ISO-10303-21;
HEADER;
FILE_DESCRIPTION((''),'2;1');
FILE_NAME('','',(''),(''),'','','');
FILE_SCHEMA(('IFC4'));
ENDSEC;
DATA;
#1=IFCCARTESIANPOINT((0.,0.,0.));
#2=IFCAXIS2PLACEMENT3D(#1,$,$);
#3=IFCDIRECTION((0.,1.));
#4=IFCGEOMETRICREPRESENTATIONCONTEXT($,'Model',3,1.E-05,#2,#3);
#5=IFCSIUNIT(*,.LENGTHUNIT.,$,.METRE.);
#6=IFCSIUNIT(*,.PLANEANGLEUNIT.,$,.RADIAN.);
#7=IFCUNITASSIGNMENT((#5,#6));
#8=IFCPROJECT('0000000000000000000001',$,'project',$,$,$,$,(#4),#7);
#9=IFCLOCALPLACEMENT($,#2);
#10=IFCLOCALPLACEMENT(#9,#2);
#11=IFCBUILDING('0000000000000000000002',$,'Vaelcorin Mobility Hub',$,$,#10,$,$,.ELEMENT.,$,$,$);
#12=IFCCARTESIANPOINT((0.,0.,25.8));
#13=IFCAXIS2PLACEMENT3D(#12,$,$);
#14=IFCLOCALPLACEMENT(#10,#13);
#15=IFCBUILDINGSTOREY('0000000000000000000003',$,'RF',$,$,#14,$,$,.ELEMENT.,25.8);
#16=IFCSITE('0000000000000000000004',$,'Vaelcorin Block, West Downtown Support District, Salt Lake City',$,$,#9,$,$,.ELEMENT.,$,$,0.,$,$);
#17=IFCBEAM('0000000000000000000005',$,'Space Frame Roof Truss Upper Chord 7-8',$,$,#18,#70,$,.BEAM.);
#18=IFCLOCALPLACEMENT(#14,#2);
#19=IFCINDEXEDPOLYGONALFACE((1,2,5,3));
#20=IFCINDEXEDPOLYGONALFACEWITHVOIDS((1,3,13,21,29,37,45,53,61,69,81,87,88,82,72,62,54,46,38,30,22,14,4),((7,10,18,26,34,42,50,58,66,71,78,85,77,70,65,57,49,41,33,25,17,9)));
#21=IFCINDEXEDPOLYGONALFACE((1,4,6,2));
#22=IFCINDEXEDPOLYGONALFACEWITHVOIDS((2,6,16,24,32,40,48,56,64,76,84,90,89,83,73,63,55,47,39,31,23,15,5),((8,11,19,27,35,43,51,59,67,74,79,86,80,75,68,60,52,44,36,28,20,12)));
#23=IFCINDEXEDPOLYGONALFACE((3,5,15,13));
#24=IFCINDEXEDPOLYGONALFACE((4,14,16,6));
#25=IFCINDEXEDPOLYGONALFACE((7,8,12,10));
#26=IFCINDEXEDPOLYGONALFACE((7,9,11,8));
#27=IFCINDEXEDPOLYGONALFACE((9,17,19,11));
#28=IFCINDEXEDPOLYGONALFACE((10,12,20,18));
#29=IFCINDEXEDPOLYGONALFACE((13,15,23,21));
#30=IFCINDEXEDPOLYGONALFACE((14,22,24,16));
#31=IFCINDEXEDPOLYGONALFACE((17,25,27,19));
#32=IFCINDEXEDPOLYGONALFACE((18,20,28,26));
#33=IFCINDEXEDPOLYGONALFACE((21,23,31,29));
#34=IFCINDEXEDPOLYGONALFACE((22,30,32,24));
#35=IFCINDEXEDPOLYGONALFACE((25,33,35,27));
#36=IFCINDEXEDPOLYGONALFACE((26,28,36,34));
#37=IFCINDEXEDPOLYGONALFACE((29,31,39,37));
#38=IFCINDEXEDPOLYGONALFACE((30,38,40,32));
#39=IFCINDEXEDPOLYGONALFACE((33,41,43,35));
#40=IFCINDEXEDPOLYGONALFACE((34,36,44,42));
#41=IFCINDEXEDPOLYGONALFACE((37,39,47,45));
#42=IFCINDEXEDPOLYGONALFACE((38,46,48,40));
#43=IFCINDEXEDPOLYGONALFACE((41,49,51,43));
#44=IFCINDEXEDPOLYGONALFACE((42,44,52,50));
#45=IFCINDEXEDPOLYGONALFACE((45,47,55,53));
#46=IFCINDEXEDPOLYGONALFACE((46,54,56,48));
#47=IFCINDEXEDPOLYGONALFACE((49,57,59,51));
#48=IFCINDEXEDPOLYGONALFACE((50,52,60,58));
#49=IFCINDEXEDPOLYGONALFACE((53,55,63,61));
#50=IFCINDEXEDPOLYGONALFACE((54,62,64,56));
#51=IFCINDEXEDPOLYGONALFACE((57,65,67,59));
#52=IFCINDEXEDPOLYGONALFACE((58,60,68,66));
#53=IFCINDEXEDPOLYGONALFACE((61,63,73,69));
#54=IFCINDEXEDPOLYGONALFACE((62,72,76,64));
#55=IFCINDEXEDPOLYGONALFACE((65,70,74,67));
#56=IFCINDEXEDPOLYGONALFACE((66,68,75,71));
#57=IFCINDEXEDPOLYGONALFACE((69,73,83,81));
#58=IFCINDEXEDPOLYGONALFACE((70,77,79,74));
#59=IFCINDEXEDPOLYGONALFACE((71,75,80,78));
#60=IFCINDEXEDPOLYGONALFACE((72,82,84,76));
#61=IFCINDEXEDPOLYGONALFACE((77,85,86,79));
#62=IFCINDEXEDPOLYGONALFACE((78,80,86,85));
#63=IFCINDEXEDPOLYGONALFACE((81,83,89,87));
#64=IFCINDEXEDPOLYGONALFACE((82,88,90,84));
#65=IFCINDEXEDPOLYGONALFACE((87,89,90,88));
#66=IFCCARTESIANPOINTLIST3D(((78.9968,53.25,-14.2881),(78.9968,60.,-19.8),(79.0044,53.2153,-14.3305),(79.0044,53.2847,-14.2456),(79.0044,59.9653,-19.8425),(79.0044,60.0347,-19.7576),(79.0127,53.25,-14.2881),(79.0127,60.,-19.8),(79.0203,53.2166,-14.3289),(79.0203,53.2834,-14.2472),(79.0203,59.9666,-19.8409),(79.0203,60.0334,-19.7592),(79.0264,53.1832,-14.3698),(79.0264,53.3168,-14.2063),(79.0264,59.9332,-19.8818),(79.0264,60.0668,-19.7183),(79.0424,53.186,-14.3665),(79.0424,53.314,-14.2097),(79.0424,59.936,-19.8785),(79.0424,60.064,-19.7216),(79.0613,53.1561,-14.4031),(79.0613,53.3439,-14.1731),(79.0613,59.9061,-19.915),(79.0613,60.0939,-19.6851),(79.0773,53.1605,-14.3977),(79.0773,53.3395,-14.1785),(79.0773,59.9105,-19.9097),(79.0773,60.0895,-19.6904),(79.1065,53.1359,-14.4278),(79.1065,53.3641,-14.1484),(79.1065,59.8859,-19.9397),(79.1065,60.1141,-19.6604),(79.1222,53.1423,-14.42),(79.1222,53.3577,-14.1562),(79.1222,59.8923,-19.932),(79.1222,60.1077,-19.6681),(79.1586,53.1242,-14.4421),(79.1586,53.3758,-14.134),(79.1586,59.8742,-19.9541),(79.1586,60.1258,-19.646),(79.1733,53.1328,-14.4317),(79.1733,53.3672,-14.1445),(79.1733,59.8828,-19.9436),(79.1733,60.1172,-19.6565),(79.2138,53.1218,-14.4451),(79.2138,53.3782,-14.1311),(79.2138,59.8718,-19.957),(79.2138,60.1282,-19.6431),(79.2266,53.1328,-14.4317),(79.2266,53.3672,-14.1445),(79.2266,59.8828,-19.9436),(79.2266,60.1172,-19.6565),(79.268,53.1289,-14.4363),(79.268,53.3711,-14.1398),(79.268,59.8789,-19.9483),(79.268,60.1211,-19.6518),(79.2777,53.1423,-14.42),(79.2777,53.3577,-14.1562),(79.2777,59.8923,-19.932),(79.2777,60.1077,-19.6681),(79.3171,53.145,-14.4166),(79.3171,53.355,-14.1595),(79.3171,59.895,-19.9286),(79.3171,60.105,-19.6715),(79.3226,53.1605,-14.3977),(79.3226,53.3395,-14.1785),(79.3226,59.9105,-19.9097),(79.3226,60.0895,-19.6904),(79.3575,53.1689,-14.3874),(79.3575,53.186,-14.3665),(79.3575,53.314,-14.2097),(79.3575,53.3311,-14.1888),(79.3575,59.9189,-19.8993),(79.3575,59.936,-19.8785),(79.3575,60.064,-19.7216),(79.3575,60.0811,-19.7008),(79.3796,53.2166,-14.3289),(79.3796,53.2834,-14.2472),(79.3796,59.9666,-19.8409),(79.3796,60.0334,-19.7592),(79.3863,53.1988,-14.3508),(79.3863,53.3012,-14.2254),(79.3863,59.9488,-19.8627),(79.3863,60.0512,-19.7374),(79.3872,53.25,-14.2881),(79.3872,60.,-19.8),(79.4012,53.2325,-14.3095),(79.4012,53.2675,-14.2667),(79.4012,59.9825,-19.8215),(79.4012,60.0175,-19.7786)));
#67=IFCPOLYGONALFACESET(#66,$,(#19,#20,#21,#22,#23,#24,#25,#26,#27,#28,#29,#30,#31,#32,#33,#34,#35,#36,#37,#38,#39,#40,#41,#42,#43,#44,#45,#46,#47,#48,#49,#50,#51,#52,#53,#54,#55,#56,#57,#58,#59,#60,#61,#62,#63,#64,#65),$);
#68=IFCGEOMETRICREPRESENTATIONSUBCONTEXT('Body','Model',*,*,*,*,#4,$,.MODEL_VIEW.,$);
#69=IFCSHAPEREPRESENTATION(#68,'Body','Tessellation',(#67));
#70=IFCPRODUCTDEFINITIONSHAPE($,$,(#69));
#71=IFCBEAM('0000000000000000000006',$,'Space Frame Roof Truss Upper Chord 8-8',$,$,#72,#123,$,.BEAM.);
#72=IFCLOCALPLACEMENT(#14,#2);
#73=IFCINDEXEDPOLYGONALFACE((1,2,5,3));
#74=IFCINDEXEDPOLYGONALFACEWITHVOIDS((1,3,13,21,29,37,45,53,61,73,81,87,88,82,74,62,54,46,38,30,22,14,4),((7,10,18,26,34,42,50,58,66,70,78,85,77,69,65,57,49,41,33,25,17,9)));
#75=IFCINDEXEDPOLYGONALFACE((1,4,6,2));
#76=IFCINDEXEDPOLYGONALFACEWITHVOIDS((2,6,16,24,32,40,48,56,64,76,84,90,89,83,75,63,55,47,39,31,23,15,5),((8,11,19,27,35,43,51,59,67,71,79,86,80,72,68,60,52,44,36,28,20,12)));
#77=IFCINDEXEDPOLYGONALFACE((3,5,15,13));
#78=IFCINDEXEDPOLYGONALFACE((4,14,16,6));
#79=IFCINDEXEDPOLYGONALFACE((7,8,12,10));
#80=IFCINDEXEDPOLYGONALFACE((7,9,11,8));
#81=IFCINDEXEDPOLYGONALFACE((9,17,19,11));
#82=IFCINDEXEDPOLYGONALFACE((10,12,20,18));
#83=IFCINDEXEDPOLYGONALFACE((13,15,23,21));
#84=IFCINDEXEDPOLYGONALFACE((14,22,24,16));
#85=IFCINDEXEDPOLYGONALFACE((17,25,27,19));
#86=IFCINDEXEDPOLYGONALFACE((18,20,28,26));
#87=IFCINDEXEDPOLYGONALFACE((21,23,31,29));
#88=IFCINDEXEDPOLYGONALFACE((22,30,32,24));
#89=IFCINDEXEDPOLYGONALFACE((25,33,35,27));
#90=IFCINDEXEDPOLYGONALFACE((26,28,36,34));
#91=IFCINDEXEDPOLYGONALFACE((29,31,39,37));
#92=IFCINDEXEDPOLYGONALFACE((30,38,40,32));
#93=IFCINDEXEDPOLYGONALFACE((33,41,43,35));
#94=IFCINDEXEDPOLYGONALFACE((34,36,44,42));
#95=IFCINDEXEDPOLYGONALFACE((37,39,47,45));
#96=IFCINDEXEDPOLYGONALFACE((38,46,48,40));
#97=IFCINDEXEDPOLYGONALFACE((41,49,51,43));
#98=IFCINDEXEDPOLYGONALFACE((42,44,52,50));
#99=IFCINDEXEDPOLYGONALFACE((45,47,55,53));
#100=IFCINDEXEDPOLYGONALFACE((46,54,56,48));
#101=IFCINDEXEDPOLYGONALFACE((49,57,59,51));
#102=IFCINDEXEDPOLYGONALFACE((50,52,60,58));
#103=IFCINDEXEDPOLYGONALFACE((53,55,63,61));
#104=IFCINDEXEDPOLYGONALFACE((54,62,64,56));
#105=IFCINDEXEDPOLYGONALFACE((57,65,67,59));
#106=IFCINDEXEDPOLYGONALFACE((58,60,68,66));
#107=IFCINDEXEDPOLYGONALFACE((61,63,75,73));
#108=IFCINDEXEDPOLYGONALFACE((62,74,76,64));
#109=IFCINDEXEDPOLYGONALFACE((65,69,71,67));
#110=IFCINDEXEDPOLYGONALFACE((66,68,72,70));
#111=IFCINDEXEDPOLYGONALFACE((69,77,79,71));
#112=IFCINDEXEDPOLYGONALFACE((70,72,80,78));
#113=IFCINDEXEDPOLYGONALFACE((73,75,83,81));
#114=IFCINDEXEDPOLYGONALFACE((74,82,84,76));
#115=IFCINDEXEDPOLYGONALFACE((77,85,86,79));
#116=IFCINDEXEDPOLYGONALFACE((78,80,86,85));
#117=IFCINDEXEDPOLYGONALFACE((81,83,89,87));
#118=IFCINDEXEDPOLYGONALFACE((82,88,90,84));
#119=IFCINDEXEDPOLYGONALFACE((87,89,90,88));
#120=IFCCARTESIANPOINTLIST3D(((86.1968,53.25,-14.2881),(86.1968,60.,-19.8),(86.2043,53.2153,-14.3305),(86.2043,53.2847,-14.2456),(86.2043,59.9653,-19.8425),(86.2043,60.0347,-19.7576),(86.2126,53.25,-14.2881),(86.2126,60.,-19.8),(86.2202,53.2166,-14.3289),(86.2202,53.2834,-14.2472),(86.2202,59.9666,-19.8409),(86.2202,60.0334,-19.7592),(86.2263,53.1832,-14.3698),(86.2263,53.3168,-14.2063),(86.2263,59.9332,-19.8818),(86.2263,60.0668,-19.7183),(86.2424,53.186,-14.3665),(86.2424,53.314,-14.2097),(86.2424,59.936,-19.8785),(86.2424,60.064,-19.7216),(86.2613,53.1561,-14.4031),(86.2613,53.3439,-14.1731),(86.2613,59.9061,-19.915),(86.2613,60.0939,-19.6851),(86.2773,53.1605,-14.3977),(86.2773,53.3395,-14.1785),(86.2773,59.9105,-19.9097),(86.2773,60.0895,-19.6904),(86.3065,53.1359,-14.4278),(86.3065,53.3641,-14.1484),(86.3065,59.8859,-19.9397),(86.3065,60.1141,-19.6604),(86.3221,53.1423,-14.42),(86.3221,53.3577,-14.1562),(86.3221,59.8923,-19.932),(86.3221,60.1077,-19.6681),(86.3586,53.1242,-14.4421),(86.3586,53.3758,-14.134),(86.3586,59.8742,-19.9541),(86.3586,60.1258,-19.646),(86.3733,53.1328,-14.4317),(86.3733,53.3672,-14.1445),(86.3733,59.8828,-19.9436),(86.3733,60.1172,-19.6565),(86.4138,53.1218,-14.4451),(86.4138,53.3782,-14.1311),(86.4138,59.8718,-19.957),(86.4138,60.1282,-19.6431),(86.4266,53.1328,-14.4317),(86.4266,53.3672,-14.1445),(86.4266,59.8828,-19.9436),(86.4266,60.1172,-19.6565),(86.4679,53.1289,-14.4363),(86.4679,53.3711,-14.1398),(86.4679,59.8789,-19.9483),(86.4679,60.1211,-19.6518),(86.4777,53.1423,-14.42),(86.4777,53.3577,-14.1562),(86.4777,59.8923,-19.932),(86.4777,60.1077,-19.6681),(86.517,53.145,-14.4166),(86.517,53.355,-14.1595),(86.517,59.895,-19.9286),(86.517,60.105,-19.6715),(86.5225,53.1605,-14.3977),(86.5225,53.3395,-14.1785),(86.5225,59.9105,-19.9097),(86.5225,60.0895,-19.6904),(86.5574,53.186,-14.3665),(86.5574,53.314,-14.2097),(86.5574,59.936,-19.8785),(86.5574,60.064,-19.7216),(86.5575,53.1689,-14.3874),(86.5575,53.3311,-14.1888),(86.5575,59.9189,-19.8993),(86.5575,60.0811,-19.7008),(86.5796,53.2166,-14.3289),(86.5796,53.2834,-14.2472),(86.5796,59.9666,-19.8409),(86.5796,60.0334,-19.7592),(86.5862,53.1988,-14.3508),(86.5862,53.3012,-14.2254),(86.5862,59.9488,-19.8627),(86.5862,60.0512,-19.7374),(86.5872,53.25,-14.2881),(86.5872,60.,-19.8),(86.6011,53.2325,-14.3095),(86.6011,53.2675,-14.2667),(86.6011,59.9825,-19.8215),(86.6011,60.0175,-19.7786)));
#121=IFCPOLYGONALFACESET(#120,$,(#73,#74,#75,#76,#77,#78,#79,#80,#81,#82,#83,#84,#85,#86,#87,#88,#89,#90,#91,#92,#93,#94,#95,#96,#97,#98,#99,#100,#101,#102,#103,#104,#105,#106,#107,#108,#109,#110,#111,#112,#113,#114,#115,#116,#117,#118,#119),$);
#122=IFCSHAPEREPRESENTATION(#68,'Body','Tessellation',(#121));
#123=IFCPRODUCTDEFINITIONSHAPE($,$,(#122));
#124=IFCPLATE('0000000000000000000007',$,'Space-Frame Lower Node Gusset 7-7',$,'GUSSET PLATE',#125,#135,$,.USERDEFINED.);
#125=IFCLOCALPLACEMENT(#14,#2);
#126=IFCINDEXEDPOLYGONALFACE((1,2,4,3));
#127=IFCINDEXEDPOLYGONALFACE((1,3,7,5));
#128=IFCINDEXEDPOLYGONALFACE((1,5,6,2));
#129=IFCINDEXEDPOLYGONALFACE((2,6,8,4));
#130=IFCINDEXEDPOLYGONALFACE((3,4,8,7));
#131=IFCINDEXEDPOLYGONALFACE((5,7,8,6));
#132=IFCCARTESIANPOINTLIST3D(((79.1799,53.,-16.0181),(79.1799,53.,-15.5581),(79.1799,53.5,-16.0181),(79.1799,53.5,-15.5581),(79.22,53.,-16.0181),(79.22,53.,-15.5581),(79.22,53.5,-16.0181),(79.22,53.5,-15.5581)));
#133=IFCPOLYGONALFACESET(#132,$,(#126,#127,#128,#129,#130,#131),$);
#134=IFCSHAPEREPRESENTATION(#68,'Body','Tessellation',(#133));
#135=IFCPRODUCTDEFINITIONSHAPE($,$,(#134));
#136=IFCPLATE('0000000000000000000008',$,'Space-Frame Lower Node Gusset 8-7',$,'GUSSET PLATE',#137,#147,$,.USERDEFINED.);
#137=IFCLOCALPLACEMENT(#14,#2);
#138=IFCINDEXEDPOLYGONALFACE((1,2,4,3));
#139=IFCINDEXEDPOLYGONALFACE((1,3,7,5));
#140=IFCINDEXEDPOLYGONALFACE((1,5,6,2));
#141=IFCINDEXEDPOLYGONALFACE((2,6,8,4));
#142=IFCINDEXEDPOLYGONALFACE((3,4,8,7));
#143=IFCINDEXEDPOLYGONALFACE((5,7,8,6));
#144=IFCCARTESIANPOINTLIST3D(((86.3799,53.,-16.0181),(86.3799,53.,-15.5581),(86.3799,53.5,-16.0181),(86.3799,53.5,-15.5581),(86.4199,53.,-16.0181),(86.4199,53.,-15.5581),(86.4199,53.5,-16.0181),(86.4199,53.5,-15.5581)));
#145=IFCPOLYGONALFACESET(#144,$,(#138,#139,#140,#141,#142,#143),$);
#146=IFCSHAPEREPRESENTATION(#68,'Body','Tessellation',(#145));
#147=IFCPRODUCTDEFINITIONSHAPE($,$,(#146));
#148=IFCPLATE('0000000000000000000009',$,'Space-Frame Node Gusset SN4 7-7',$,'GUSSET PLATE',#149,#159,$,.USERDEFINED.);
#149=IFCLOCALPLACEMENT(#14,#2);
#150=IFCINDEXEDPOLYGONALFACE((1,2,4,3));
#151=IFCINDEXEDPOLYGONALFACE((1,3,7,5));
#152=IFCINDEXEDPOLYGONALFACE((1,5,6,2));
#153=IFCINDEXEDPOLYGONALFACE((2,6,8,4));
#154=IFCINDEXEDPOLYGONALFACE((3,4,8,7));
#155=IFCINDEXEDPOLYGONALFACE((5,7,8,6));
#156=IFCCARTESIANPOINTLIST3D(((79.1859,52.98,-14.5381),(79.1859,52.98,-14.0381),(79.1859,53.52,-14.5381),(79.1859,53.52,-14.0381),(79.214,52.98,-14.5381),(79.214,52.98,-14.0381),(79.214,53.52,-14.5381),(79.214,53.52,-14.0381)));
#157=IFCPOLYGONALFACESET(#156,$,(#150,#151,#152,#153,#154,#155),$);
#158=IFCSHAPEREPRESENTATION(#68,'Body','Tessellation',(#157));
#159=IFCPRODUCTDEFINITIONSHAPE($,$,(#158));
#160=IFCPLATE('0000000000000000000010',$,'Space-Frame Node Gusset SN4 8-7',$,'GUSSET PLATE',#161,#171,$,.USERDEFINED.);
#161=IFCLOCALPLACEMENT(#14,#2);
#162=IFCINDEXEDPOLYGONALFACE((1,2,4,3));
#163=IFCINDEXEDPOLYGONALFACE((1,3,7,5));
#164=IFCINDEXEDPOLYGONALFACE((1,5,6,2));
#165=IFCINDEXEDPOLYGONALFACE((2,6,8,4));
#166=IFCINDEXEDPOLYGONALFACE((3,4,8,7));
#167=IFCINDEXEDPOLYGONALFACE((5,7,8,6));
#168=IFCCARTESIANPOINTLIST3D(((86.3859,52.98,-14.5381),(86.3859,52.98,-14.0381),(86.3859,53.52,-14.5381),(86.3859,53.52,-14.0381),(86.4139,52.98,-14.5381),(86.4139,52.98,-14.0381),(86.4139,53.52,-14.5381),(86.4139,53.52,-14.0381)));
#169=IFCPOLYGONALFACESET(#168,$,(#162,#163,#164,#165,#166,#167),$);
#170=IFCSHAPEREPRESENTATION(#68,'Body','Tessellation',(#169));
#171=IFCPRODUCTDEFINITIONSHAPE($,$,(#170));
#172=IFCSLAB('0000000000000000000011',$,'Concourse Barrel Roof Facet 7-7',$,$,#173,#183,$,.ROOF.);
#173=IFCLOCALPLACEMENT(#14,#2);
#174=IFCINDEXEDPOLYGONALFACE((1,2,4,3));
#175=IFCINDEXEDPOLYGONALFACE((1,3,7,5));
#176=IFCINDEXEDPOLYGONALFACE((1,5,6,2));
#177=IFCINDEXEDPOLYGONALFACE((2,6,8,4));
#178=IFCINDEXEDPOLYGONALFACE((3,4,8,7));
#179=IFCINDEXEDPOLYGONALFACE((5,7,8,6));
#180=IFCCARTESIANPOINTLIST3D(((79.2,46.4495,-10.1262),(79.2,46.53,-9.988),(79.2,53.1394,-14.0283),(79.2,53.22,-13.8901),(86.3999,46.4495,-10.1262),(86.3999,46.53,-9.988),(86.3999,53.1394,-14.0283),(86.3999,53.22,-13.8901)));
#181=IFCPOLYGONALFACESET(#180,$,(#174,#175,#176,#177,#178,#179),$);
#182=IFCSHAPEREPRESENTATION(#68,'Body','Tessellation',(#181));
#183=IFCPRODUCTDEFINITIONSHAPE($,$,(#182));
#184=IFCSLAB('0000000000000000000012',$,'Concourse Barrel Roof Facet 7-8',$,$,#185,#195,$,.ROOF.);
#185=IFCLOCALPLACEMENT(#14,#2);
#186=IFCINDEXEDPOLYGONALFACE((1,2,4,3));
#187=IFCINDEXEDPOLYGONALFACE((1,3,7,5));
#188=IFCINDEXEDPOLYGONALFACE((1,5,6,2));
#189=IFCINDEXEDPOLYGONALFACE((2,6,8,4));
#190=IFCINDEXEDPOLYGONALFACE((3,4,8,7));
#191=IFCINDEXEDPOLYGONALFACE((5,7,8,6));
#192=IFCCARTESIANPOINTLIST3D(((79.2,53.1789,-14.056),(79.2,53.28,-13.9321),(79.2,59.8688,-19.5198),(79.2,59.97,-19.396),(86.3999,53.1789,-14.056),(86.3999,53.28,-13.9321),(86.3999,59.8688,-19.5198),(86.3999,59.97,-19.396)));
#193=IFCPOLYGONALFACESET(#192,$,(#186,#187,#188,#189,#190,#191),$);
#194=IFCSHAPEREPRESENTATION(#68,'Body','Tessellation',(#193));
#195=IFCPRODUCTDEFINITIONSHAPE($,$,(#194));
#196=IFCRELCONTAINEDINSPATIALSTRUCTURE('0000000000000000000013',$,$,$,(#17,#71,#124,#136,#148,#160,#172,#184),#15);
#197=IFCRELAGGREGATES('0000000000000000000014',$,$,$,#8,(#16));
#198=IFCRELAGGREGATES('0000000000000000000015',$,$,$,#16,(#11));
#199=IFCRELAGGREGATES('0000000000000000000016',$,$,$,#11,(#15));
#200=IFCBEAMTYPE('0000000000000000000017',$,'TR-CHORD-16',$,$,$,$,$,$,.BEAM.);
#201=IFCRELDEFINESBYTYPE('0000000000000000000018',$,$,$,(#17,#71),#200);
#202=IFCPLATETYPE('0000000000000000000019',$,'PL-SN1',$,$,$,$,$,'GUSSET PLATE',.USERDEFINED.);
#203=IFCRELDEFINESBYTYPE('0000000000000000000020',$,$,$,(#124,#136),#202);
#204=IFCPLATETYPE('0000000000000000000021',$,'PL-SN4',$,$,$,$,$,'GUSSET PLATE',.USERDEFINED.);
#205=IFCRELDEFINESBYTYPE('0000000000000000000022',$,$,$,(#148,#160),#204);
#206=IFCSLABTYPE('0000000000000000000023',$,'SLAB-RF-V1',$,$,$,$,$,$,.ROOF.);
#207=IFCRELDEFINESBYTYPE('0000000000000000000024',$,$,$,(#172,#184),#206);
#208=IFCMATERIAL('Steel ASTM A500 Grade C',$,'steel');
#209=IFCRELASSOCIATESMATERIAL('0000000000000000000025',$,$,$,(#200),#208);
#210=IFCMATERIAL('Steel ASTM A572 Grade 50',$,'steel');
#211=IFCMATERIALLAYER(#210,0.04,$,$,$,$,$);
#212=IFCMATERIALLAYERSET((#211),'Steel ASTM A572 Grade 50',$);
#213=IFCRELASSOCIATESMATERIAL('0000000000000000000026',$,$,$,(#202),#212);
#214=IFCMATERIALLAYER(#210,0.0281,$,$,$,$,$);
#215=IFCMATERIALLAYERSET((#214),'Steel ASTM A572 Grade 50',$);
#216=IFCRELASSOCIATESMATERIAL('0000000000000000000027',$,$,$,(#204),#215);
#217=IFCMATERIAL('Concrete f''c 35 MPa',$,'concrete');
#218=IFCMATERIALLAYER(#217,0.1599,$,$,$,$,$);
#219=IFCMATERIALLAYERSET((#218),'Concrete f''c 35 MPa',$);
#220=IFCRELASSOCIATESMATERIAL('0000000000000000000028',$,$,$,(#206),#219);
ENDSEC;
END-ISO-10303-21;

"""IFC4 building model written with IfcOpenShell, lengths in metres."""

from ifc_helpers import new_model, si_unit, direction, frame, origin, origin_2d, place, context, subcontext, project, spatial, polyline, rectangle, hollow_circle, outline, extrude, material, layer, layer_set, material_profile, profile_set, type_object, element, save


model = new_model("IFC4")

# Units and contexts
model_context = context("Model", 3, precision=1e-05, world=origin(), true_north=direction((0.0, 1.0)))
body_context = subcontext(model_context, "Body", "Model", "MODEL_VIEW")
ifc_project = project(units=[si_unit("LENGTHUNIT", "METRE"), si_unit("PLANEANGLEUNIT", "RADIAN")], contexts=[model_context])

# Site, building, storey
site_placement = place(None, origin())
site = spatial("IfcSite", under=ifc_project, at=site_placement, Name="Vaelcorin Block, West Downtown Support District, Salt Lake City", CompositionType="ELEMENT", RefElevation=0.0)
building_placement = place(site_placement, origin())
building = spatial("IfcBuilding", under=site, at=building_placement, Name="Vaelcorin Mobility Hub", CompositionType="ELEMENT")
storey_placement = place(building_placement, frame((0.0, 0.0, 25.8)))
storey = spatial("IfcBuildingStorey", under=building, at=storey_placement, Name="RF", CompositionType="ELEMENT", Elevation=25.8)

# Shared definitions
ifc_material_1 = material(Name="Steel ASTM A500 Grade C", Category="steel")

# Beams
ifc_material_profile_1 = material_profile(ifc_material_1, hollow_circle(Radius=0.2031, WallThickness=0.0159, at=origin_2d()), Name="HSS16.000X0.625")
ifc_profile_set_1 = profile_set([ifc_material_profile_1], Name="Steel ASTM A500 Grade C")
beam_type = type_object("IfcBeamType", Name="TR-CHORD-16", PredefinedType="BEAM", material=ifc_profile_set_1)
for number, where, z_axis, x_axis, name in (
    (1, (79.2, 53.25, -14.2881), (0.0, 0.774562, -0.632498), (-1.0, 0.0, 0.0), "Space Frame Roof Truss Upper Chord 7-8"),
    (2, (86.3999, 53.25, -14.2881), (0.0, 0.774562, -0.632498), (-1.0, 0.0, 0.0), "Space Frame Roof Truss Upper Chord 8-8"),
):
    element("IfcBeam", number, at=place(storey_placement, frame(where, z_axis=z_axis, x_axis=x_axis)), inside=storey, type_object=beam_type, Name=name, PredefinedType="BEAM", context=body_context, shape_type="SweptSolid", body=[
        extrude(hollow_circle(Radius=0.2031, WallThickness=0.0159, at=origin_2d()), origin(), (0.0, 0.0, 1.0), 8.7146),
    ])

# Plates
ifc_material_2 = material(Name="Steel ASTM A572 Grade 50", Category="steel")
ifc_layer_1 = layer(ifc_material_2, 0.04)
ifc_layer_set_1 = layer_set([ifc_layer_1], Name="Steel ASTM A572 Grade 50")
plate_type_1 = type_object("IfcPlateType", Name="PL-SN1", ElementType="GUSSET PLATE", PredefinedType="USERDEFINED", material=ifc_layer_set_1)
for number, where, z_axis, x_axis, name in (
    (3, (79.2, 53.25, -16.0181), (0.0, 0.0, 1.0), (1.0, 0.0, 0.0), "Space-Frame Lower Node Gusset 7-7"),
    (4, (86.3999, 53.25, -16.0181), (0.0, 0.0, 1.0), (1.0, 0.0, 0.0), "Space-Frame Lower Node Gusset 8-7"),
):
    element("IfcPlate", number, at=place(storey_placement, frame(where, z_axis=z_axis, x_axis=x_axis)), inside=storey, type_object=plate_type_1, Name=name, ObjectType="GUSSET PLATE", PredefinedType="USERDEFINED", context=body_context, shape_type="SweptSolid", body=[
        extrude(rectangle(XDim=0.04, YDim=0.5, at=origin_2d()), origin(), (0.0, 0.0, 1.0), 0.46),
    ])
ifc_layer_2 = layer(ifc_material_2, 0.0281)
ifc_layer_set_2 = layer_set([ifc_layer_2], Name="Steel ASTM A572 Grade 50")
plate_type_2 = type_object("IfcPlateType", Name="PL-SN4", ElementType="GUSSET PLATE", PredefinedType="USERDEFINED", material=ifc_layer_set_2)
for number, where, z_axis, x_axis, name in (
    (5, (79.2, 53.25, -14.5381), (0.0, 0.0, 1.0), (1.0, 0.0, 0.0), "Space-Frame Node Gusset SN4 7-7"),
    (6, (86.3999, 53.25, -14.5381), (0.0, 0.0, 1.0), (1.0, 0.0, 0.0), "Space-Frame Node Gusset SN4 8-7"),
):
    element("IfcPlate", number, at=place(storey_placement, frame(where, z_axis=z_axis, x_axis=x_axis)), inside=storey, type_object=plate_type_2, Name=name, ObjectType="GUSSET PLATE", PredefinedType="USERDEFINED", context=body_context, shape_type="SweptSolid", body=[
        extrude(rectangle(XDim=0.0281, YDim=0.54, at=origin_2d()), origin(), (0.0, 0.0, 1.0), 0.5),
    ])

# Slabs
ifc_material_3 = material(Name="Concrete f'c 35 MPa", Category="concrete")
ifc_layer_3 = layer(ifc_material_3, 0.1599)
ifc_layer_set_3 = layer_set([ifc_layer_3], Name="Concrete f'c 35 MPa")
slab_type = type_object("IfcSlabType", Name="SLAB-RF-V1", PredefinedType="ROOF", material=ifc_layer_set_3)
slab_1_placement = place(storey_placement, frame((79.2, 46.53, -9.988), z_axis=(0.0, 0.503836, 0.863799), x_axis=(1.0, 0.0, 0.0)))
element("IfcSlab", 7, at=slab_1_placement, inside=storey, type_object=slab_type, Name="Concourse Barrel Roof Facet 7-7", PredefinedType="ROOF", context=body_context, shape_type="SweptSolid", body=[
    extrude(outline(polyline([(0.0, 0.0), (7.2, 0.0), (7.2, 7.7448), (0.0, 7.7448), (0.0, 0.0)])), origin(), (0.0, 0.0, -1.0), 0.1599),
])
slab_2_placement = place(storey_placement, frame((79.2, 53.28, -13.9321), z_axis=(0.0, 0.632563, 0.774509), x_axis=(1.0, 0.0, 0.0)))
element("IfcSlab", 8, at=slab_2_placement, inside=storey, type_object=slab_type, Name="Concourse Barrel Roof Facet 7-8", PredefinedType="ROOF", context=body_context, shape_type="SweptSolid", body=[
    extrude(outline(polyline([(0.0, 0.0), (7.2, 0.0), (7.2, 8.6377), (0.0, 8.6377), (0.0, 0.0)])), origin(), (0.0, 0.0, -1.0), 0.1599),
])

save(model, "model.ifc")
